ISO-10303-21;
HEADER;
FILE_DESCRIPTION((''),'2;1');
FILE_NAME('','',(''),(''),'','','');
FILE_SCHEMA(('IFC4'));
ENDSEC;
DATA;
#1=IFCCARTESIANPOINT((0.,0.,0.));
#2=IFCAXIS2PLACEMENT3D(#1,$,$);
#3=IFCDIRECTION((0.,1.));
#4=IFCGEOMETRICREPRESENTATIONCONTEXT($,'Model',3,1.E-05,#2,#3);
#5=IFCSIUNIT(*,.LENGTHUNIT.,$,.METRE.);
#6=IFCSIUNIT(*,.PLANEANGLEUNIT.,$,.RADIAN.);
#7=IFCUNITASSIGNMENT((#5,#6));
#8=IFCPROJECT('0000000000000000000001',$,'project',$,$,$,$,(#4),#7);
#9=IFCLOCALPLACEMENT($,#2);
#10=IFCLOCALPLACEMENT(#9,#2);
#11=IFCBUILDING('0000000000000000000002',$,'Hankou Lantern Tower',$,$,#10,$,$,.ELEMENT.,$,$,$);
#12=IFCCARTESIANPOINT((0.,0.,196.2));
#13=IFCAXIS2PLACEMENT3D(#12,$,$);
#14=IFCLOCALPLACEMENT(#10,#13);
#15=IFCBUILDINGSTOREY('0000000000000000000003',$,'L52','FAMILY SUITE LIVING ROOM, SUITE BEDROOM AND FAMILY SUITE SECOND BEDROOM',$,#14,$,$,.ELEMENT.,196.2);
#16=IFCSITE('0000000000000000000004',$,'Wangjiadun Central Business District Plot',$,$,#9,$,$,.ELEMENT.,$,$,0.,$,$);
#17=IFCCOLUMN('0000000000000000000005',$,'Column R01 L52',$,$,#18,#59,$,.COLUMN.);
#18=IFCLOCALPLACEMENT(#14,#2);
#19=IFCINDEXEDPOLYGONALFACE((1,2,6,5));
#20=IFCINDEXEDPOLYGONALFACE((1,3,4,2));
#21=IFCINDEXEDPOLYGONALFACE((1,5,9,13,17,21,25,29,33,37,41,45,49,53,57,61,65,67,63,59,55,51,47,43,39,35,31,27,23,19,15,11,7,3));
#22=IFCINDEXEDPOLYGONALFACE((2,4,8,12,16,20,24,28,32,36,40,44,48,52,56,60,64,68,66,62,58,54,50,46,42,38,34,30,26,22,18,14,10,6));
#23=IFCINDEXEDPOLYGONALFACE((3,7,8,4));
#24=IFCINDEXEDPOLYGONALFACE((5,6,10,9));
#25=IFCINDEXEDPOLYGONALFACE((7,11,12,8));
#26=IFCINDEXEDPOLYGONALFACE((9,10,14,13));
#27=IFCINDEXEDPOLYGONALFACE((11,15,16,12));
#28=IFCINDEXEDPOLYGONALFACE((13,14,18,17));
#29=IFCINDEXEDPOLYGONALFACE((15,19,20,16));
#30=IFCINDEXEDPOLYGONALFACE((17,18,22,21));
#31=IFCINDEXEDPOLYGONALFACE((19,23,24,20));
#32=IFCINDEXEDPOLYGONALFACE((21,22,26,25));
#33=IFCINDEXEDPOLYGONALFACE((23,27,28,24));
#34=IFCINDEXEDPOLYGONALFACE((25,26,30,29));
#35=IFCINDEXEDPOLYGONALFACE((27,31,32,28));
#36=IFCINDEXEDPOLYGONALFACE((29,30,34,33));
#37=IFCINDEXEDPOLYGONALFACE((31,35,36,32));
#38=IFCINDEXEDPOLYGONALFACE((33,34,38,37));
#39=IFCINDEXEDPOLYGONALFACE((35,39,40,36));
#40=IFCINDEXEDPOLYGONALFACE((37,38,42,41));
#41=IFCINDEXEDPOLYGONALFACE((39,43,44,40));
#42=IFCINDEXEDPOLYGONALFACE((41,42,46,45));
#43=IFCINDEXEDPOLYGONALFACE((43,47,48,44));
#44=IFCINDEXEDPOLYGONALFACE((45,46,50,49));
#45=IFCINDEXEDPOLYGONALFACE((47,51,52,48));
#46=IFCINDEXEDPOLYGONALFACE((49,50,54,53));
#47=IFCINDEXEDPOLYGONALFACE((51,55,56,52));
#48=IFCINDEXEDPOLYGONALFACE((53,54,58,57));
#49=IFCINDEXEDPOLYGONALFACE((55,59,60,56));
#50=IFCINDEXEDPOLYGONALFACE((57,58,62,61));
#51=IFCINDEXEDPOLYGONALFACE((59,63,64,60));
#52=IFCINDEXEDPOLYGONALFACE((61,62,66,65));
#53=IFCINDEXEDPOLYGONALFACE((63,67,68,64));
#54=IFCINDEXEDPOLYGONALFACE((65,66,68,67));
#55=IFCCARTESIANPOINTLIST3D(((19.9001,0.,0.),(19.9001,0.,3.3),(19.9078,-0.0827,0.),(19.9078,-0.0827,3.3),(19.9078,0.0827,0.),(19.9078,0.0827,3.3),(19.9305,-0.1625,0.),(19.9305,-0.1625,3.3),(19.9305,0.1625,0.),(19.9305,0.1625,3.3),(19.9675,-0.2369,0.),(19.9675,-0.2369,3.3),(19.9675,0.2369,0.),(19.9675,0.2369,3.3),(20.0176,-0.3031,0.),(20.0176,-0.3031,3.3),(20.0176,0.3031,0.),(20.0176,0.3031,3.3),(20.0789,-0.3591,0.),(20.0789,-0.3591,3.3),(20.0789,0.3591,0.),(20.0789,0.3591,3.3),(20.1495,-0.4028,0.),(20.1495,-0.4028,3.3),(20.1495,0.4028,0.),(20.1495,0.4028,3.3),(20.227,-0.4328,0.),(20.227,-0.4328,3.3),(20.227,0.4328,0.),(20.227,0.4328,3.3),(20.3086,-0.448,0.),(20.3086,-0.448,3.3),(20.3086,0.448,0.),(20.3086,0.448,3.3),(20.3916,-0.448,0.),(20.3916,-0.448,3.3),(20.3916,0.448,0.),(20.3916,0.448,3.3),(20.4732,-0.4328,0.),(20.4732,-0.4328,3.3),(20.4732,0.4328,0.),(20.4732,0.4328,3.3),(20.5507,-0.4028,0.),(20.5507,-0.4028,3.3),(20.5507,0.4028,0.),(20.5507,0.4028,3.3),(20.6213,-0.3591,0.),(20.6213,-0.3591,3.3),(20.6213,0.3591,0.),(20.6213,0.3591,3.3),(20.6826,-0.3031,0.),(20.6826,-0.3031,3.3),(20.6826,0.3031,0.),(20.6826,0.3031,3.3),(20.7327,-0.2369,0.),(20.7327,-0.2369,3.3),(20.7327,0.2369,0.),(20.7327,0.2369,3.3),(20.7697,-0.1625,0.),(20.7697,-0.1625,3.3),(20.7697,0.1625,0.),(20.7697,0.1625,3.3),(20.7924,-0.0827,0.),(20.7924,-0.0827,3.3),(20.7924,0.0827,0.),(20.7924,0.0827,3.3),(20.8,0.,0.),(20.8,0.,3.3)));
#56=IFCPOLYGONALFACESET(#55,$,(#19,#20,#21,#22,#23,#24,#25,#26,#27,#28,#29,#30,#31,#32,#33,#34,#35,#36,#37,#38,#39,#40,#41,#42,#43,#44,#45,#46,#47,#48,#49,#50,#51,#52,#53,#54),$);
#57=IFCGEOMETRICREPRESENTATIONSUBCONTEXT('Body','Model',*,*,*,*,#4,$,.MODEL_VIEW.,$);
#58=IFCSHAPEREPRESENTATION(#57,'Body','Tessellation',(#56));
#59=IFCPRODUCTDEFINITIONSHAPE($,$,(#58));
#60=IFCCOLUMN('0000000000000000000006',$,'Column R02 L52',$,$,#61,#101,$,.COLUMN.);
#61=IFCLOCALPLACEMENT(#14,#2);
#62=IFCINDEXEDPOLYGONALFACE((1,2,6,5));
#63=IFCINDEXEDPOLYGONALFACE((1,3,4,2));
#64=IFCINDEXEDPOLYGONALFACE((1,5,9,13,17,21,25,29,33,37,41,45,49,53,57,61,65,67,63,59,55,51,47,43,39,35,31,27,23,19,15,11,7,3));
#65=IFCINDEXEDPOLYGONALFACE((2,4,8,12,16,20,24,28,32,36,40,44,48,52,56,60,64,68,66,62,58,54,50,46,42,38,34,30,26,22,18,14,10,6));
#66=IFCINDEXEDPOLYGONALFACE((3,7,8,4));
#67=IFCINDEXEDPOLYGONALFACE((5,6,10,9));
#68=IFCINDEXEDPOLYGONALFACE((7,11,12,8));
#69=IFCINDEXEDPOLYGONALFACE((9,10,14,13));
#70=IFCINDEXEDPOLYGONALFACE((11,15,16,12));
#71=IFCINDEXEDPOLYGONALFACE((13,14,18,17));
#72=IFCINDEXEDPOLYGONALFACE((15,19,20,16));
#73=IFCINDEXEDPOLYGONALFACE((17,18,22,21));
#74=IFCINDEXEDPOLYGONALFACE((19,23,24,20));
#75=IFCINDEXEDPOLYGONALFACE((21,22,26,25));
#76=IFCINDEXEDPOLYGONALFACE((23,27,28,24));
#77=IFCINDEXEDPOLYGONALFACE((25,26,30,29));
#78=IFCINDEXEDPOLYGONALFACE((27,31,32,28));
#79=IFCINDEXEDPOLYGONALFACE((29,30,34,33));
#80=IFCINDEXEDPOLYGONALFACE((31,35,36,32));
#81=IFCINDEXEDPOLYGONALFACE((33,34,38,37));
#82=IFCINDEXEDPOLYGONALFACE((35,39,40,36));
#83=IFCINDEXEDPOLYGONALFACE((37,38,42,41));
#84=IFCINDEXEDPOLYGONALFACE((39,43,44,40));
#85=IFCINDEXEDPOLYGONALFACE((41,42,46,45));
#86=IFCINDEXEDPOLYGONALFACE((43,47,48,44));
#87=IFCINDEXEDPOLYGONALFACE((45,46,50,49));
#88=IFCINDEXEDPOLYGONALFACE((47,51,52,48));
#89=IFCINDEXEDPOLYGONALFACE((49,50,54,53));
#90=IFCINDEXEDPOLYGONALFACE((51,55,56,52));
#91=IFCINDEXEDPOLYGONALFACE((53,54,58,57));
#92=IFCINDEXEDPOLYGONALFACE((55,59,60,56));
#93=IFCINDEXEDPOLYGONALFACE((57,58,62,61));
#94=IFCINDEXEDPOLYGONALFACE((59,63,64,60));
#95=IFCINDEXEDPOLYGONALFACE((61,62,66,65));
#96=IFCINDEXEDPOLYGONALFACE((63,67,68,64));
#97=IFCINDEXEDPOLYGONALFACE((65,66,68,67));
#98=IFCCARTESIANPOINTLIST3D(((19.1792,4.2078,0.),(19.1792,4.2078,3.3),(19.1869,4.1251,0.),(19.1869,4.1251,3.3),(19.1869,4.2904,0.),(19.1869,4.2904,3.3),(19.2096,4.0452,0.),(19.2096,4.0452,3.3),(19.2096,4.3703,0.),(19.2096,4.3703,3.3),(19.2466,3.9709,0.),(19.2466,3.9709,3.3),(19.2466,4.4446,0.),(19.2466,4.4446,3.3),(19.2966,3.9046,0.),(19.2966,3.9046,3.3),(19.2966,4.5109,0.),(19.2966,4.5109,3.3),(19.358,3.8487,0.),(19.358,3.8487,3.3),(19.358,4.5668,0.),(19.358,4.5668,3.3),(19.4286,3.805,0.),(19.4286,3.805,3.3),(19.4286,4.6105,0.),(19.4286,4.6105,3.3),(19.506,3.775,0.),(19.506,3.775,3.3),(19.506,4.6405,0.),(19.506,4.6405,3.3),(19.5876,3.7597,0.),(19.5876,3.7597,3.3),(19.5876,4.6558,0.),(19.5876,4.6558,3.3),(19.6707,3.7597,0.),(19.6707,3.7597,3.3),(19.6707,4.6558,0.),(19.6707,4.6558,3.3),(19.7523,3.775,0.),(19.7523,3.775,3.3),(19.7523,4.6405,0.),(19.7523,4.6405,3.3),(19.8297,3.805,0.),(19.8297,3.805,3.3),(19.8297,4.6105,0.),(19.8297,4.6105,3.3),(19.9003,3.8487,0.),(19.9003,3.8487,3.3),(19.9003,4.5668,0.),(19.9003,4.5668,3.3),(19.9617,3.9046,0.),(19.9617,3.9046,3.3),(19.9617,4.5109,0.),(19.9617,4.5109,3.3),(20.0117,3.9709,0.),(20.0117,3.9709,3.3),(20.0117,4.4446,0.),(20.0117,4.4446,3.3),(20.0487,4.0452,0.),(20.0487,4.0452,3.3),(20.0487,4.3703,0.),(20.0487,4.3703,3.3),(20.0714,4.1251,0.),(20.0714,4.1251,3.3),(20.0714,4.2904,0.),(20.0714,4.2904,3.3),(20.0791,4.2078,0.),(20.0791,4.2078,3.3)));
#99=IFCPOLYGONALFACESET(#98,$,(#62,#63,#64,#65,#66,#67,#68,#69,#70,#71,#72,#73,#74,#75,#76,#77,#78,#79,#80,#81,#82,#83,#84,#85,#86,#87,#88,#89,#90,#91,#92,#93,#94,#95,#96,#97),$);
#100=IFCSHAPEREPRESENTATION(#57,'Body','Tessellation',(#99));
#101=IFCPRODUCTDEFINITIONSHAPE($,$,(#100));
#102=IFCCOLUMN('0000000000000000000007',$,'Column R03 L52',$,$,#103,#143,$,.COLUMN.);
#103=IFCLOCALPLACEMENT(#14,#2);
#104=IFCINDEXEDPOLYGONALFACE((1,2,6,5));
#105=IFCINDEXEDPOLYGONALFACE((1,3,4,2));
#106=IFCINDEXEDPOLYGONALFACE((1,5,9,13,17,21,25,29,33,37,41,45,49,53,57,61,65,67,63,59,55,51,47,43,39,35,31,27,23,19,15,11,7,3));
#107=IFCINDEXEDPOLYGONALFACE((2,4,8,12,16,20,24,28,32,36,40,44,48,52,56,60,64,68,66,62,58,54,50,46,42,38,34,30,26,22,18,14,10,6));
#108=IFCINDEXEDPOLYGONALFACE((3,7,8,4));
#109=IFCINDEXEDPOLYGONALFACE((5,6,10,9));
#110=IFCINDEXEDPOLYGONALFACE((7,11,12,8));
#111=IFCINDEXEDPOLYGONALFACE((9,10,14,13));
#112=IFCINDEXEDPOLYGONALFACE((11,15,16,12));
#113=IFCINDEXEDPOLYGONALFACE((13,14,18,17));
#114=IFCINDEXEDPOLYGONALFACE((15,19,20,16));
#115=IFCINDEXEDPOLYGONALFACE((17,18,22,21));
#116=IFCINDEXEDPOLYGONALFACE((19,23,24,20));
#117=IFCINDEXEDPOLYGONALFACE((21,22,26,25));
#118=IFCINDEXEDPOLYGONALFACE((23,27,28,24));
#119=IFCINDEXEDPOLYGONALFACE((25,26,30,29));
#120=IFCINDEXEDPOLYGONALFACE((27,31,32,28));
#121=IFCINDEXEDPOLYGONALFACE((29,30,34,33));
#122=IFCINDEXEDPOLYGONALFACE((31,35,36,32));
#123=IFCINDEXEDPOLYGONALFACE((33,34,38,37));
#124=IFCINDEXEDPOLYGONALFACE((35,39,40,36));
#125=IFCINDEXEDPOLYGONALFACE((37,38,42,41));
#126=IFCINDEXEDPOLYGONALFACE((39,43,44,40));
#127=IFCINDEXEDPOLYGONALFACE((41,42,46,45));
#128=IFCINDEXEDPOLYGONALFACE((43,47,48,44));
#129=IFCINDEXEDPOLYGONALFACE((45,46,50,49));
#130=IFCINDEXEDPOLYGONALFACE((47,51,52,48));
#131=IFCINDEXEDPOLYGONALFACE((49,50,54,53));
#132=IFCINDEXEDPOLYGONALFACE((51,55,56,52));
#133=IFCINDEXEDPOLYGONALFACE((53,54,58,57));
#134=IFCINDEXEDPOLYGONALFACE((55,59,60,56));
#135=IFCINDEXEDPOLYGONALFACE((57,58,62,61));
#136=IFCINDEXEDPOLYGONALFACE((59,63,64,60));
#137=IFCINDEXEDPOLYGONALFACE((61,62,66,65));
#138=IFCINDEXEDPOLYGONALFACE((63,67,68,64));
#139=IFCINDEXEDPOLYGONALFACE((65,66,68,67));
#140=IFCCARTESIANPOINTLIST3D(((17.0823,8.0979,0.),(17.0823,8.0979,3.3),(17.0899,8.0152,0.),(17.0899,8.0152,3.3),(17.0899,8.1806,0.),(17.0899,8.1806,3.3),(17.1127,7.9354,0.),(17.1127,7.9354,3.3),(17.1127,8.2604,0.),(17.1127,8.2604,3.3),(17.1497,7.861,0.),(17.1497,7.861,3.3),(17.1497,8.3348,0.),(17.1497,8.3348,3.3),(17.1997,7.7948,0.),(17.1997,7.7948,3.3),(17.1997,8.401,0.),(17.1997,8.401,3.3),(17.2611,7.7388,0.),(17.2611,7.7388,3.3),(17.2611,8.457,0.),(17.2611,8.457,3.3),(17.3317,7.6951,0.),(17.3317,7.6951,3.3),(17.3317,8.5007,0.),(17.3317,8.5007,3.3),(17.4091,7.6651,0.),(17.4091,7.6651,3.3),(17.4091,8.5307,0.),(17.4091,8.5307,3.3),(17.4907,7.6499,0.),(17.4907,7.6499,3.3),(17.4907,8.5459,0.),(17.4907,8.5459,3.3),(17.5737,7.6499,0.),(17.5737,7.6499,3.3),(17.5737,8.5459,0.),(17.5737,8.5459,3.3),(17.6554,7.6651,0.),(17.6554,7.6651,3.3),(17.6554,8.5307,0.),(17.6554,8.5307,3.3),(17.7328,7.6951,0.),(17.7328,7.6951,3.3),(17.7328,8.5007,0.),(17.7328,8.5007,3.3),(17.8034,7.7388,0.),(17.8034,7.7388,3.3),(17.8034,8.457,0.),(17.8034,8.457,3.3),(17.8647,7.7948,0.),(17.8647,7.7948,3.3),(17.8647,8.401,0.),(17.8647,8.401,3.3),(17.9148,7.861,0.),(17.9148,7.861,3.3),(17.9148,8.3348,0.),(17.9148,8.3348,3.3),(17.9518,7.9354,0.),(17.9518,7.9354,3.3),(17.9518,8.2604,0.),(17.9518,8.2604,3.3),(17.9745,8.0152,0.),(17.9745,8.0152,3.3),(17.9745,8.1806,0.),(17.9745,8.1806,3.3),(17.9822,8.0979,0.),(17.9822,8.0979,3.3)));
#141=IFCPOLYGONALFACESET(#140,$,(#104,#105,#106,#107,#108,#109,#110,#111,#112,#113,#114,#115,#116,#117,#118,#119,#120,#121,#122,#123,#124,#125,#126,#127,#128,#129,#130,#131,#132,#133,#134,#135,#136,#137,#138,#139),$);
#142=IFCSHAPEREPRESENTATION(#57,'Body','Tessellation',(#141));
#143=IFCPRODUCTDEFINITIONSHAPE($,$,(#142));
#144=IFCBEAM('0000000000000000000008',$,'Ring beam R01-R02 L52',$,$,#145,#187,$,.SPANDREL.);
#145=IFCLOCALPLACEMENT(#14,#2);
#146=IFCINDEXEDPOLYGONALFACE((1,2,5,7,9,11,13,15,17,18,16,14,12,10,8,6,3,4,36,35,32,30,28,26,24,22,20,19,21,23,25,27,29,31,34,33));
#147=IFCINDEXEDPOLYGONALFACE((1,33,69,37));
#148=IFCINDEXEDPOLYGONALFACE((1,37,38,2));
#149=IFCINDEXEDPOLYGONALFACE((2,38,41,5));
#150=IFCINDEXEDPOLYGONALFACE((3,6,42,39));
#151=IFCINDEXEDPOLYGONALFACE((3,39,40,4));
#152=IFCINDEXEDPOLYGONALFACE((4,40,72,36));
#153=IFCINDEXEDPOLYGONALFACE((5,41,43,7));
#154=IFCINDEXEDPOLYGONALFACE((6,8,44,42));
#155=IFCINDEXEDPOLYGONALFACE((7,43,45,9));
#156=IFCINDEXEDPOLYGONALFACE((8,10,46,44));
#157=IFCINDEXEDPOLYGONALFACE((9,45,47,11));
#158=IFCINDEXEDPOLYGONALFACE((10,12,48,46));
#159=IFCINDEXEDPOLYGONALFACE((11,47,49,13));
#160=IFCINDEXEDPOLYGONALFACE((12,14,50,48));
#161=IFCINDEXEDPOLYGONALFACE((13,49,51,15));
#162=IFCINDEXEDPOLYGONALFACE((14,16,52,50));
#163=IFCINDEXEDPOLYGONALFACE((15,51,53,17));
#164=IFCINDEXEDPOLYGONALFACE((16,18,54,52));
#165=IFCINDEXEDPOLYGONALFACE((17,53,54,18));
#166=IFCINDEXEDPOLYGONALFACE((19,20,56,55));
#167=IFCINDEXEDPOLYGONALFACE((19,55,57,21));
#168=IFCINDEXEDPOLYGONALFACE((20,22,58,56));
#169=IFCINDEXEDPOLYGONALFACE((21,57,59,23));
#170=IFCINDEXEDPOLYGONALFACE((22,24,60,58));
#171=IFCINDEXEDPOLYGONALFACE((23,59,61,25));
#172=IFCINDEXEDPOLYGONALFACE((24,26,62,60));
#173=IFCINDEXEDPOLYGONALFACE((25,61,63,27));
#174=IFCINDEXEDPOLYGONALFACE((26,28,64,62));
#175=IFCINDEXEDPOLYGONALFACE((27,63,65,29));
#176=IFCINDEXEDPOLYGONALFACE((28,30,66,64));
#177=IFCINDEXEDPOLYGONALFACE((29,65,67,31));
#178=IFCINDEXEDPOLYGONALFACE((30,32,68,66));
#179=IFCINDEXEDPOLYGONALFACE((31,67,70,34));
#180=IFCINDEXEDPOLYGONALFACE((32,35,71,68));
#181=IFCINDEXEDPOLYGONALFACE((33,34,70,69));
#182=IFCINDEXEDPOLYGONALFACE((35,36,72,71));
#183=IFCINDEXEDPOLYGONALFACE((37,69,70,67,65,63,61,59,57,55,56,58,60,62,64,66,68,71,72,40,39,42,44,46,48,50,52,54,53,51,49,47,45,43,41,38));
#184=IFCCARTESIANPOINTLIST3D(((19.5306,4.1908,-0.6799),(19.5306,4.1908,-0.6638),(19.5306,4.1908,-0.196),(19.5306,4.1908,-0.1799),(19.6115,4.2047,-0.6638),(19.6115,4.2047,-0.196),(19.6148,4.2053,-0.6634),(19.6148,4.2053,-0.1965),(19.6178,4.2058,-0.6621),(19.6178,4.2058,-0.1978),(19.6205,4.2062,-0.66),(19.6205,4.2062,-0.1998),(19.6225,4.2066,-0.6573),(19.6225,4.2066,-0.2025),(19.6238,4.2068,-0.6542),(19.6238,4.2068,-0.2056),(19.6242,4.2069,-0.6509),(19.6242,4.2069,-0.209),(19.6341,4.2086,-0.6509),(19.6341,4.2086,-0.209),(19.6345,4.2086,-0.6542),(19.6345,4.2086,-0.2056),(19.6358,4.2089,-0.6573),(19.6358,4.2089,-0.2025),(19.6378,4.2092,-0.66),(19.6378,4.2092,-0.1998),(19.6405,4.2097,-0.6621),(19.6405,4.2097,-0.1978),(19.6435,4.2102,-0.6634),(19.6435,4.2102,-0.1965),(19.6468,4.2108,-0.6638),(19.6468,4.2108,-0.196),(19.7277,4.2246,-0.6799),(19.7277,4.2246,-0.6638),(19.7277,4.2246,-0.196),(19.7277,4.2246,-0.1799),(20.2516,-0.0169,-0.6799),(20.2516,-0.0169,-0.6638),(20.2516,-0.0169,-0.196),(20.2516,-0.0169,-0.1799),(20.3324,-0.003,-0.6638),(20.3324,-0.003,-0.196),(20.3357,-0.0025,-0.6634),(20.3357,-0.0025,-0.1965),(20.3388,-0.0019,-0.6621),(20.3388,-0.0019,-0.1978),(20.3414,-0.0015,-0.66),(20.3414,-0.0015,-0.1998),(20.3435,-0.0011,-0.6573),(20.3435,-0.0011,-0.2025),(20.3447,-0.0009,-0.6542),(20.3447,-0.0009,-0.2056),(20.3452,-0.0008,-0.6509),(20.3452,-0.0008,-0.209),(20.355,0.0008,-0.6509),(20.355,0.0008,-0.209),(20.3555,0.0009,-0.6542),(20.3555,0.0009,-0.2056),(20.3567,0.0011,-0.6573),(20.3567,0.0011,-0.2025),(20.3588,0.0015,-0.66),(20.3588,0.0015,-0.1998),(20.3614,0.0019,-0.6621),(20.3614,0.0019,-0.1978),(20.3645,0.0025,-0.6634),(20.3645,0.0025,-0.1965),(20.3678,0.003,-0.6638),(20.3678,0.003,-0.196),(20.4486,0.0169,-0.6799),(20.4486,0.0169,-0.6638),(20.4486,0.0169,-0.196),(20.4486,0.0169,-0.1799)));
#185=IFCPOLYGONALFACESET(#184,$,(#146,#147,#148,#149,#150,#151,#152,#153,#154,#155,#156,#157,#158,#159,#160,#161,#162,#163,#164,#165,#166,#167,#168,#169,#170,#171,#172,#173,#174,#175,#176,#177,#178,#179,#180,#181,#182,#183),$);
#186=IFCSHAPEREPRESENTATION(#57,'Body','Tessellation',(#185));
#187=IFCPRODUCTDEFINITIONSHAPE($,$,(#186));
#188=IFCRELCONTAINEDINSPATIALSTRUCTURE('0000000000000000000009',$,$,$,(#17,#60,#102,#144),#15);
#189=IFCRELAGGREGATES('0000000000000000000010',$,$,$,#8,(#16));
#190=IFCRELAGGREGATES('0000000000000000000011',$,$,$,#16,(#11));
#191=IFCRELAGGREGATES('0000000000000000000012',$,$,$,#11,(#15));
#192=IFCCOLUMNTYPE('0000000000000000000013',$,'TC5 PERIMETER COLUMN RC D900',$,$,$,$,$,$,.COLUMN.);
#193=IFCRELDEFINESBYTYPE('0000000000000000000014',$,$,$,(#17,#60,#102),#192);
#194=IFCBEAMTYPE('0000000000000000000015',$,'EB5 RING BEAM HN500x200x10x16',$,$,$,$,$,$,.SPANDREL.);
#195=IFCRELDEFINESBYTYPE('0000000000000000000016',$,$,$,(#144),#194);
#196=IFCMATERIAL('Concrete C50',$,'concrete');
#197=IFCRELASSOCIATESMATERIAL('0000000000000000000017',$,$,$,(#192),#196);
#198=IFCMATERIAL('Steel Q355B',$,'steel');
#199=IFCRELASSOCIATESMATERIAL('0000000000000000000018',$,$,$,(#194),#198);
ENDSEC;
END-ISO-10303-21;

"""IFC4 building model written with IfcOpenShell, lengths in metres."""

from ifc_helpers import new_model, si_unit, direction, frame, origin, origin_2d, place, context, subcontext, project, spatial, circle, i_section, extrude, material, material_profile, profile_set, type_object, element, save


model = new_model("IFC4")

# Units and contexts
model_context = context("Model", 3, precision=1e-05, world=origin(), true_north=direction((0.0, 1.0)))
body_context = subcontext(model_context, "Body", "Model", "MODEL_VIEW")
ifc_project = project(units=[si_unit("LENGTHUNIT", "METRE"), si_unit("PLANEANGLEUNIT", "RADIAN")], contexts=[model_context])

# Site, building, storey
site_placement = place(None, origin())
site = spatial("IfcSite", under=ifc_project, at=site_placement, Name="Wangjiadun Central Business District Plot", CompositionType="ELEMENT", RefElevation=0.0)
building_placement = place(site_placement, origin())
building = spatial("IfcBuilding", under=site, at=building_placement, Name="Hankou Lantern Tower", CompositionType="ELEMENT")
storey_placement = place(building_placement, frame((0.0, 0.0, 196.2)))
storey = spatial("IfcBuildingStorey", under=building, at=storey_placement, Name="L52", Description="FAMILY SUITE LIVING ROOM, SUITE BEDROOM AND FAMILY SUITE SECOND BEDROOM", CompositionType="ELEMENT", Elevation=196.2)

# Columns
ifc_material_1 = material(Name="Concrete C50", Category="concrete")
ifc_material_profile_1 = material_profile(ifc_material_1, circle(Radius=0.45, at=origin_2d()), Name="RC D900")
ifc_profile_set_1 = profile_set([ifc_material_profile_1], Name="Concrete C50")
column_type = type_object("IfcColumnType", Name="TC5 PERIMETER COLUMN RC D900", PredefinedType="COLUMN", material=ifc_profile_set_1)
for number, where, z_axis, x_axis, name in (
    (1, (20.3501, 0.0, 0.0), (0.0, 0.0, 1.0), (1.0, 0.0, 0.0), "Column R01 L52"),
    (2, (19.6292, 4.2078, 0.0), (0.0, 0.0, 1.0), (1.0, 0.0, 0.0), "Column R02 L52"),
    (3, (17.5322, 8.0979, 0.0), (0.0, 0.0, 1.0), (1.0, 0.0, 0.0), "Column R03 L52"),
):
    element("IfcColumn", number, at=place(storey_placement, frame(where, z_axis=z_axis, x_axis=x_axis)), inside=storey, type_object=column_type, Name=name, PredefinedType="COLUMN", context=body_context, shape_type="SweptSolid", body=[
        extrude(circle(Radius=0.45, at=origin_2d()), origin(), (0.0, 0.0, 1.0), 3.3),
    ])

# Beam
ifc_material_2 = material(Name="Steel Q355B", Category="steel")
ifc_material_profile_2 = material_profile(ifc_material_2, i_section(OverallWidth=0.2, OverallDepth=0.5, WebThickness=0.01, FlangeThickness=0.0161, FilletRadius=0.0129, at=origin_2d()), Name="HN500x200x10x16")
ifc_profile_set_2 = profile_set([ifc_material_profile_2], Name="Steel Q355B")
beam_type_1 = type_object("IfcBeamType", Name="EB5 RING BEAM HN500x200x10x16", PredefinedType="SPANDREL", material=ifc_profile_set_2)
beam_1_placement = place(storey_placement, frame((20.3501, 0.0, -0.4299), z_axis=(-0.168877, 0.985637, 0.0), x_axis=(-0.985637, -0.168877, 0.0)))
element("IfcBeam", 4, at=beam_1_placement, inside=storey, type_object=beam_type_1, Name="Ring beam R01-R02 L52", PredefinedType="SPANDREL", context=body_context, shape_type="SweptSolid", body=[
    extrude(i_section(OverallWidth=0.2, OverallDepth=0.5, WebThickness=0.01, FlangeThickness=0.0161, FilletRadius=0.0129, at=origin_2d()), origin(), (0.0, 0.0, 1.0), 4.269),
])

save(model, "model.ifc")
